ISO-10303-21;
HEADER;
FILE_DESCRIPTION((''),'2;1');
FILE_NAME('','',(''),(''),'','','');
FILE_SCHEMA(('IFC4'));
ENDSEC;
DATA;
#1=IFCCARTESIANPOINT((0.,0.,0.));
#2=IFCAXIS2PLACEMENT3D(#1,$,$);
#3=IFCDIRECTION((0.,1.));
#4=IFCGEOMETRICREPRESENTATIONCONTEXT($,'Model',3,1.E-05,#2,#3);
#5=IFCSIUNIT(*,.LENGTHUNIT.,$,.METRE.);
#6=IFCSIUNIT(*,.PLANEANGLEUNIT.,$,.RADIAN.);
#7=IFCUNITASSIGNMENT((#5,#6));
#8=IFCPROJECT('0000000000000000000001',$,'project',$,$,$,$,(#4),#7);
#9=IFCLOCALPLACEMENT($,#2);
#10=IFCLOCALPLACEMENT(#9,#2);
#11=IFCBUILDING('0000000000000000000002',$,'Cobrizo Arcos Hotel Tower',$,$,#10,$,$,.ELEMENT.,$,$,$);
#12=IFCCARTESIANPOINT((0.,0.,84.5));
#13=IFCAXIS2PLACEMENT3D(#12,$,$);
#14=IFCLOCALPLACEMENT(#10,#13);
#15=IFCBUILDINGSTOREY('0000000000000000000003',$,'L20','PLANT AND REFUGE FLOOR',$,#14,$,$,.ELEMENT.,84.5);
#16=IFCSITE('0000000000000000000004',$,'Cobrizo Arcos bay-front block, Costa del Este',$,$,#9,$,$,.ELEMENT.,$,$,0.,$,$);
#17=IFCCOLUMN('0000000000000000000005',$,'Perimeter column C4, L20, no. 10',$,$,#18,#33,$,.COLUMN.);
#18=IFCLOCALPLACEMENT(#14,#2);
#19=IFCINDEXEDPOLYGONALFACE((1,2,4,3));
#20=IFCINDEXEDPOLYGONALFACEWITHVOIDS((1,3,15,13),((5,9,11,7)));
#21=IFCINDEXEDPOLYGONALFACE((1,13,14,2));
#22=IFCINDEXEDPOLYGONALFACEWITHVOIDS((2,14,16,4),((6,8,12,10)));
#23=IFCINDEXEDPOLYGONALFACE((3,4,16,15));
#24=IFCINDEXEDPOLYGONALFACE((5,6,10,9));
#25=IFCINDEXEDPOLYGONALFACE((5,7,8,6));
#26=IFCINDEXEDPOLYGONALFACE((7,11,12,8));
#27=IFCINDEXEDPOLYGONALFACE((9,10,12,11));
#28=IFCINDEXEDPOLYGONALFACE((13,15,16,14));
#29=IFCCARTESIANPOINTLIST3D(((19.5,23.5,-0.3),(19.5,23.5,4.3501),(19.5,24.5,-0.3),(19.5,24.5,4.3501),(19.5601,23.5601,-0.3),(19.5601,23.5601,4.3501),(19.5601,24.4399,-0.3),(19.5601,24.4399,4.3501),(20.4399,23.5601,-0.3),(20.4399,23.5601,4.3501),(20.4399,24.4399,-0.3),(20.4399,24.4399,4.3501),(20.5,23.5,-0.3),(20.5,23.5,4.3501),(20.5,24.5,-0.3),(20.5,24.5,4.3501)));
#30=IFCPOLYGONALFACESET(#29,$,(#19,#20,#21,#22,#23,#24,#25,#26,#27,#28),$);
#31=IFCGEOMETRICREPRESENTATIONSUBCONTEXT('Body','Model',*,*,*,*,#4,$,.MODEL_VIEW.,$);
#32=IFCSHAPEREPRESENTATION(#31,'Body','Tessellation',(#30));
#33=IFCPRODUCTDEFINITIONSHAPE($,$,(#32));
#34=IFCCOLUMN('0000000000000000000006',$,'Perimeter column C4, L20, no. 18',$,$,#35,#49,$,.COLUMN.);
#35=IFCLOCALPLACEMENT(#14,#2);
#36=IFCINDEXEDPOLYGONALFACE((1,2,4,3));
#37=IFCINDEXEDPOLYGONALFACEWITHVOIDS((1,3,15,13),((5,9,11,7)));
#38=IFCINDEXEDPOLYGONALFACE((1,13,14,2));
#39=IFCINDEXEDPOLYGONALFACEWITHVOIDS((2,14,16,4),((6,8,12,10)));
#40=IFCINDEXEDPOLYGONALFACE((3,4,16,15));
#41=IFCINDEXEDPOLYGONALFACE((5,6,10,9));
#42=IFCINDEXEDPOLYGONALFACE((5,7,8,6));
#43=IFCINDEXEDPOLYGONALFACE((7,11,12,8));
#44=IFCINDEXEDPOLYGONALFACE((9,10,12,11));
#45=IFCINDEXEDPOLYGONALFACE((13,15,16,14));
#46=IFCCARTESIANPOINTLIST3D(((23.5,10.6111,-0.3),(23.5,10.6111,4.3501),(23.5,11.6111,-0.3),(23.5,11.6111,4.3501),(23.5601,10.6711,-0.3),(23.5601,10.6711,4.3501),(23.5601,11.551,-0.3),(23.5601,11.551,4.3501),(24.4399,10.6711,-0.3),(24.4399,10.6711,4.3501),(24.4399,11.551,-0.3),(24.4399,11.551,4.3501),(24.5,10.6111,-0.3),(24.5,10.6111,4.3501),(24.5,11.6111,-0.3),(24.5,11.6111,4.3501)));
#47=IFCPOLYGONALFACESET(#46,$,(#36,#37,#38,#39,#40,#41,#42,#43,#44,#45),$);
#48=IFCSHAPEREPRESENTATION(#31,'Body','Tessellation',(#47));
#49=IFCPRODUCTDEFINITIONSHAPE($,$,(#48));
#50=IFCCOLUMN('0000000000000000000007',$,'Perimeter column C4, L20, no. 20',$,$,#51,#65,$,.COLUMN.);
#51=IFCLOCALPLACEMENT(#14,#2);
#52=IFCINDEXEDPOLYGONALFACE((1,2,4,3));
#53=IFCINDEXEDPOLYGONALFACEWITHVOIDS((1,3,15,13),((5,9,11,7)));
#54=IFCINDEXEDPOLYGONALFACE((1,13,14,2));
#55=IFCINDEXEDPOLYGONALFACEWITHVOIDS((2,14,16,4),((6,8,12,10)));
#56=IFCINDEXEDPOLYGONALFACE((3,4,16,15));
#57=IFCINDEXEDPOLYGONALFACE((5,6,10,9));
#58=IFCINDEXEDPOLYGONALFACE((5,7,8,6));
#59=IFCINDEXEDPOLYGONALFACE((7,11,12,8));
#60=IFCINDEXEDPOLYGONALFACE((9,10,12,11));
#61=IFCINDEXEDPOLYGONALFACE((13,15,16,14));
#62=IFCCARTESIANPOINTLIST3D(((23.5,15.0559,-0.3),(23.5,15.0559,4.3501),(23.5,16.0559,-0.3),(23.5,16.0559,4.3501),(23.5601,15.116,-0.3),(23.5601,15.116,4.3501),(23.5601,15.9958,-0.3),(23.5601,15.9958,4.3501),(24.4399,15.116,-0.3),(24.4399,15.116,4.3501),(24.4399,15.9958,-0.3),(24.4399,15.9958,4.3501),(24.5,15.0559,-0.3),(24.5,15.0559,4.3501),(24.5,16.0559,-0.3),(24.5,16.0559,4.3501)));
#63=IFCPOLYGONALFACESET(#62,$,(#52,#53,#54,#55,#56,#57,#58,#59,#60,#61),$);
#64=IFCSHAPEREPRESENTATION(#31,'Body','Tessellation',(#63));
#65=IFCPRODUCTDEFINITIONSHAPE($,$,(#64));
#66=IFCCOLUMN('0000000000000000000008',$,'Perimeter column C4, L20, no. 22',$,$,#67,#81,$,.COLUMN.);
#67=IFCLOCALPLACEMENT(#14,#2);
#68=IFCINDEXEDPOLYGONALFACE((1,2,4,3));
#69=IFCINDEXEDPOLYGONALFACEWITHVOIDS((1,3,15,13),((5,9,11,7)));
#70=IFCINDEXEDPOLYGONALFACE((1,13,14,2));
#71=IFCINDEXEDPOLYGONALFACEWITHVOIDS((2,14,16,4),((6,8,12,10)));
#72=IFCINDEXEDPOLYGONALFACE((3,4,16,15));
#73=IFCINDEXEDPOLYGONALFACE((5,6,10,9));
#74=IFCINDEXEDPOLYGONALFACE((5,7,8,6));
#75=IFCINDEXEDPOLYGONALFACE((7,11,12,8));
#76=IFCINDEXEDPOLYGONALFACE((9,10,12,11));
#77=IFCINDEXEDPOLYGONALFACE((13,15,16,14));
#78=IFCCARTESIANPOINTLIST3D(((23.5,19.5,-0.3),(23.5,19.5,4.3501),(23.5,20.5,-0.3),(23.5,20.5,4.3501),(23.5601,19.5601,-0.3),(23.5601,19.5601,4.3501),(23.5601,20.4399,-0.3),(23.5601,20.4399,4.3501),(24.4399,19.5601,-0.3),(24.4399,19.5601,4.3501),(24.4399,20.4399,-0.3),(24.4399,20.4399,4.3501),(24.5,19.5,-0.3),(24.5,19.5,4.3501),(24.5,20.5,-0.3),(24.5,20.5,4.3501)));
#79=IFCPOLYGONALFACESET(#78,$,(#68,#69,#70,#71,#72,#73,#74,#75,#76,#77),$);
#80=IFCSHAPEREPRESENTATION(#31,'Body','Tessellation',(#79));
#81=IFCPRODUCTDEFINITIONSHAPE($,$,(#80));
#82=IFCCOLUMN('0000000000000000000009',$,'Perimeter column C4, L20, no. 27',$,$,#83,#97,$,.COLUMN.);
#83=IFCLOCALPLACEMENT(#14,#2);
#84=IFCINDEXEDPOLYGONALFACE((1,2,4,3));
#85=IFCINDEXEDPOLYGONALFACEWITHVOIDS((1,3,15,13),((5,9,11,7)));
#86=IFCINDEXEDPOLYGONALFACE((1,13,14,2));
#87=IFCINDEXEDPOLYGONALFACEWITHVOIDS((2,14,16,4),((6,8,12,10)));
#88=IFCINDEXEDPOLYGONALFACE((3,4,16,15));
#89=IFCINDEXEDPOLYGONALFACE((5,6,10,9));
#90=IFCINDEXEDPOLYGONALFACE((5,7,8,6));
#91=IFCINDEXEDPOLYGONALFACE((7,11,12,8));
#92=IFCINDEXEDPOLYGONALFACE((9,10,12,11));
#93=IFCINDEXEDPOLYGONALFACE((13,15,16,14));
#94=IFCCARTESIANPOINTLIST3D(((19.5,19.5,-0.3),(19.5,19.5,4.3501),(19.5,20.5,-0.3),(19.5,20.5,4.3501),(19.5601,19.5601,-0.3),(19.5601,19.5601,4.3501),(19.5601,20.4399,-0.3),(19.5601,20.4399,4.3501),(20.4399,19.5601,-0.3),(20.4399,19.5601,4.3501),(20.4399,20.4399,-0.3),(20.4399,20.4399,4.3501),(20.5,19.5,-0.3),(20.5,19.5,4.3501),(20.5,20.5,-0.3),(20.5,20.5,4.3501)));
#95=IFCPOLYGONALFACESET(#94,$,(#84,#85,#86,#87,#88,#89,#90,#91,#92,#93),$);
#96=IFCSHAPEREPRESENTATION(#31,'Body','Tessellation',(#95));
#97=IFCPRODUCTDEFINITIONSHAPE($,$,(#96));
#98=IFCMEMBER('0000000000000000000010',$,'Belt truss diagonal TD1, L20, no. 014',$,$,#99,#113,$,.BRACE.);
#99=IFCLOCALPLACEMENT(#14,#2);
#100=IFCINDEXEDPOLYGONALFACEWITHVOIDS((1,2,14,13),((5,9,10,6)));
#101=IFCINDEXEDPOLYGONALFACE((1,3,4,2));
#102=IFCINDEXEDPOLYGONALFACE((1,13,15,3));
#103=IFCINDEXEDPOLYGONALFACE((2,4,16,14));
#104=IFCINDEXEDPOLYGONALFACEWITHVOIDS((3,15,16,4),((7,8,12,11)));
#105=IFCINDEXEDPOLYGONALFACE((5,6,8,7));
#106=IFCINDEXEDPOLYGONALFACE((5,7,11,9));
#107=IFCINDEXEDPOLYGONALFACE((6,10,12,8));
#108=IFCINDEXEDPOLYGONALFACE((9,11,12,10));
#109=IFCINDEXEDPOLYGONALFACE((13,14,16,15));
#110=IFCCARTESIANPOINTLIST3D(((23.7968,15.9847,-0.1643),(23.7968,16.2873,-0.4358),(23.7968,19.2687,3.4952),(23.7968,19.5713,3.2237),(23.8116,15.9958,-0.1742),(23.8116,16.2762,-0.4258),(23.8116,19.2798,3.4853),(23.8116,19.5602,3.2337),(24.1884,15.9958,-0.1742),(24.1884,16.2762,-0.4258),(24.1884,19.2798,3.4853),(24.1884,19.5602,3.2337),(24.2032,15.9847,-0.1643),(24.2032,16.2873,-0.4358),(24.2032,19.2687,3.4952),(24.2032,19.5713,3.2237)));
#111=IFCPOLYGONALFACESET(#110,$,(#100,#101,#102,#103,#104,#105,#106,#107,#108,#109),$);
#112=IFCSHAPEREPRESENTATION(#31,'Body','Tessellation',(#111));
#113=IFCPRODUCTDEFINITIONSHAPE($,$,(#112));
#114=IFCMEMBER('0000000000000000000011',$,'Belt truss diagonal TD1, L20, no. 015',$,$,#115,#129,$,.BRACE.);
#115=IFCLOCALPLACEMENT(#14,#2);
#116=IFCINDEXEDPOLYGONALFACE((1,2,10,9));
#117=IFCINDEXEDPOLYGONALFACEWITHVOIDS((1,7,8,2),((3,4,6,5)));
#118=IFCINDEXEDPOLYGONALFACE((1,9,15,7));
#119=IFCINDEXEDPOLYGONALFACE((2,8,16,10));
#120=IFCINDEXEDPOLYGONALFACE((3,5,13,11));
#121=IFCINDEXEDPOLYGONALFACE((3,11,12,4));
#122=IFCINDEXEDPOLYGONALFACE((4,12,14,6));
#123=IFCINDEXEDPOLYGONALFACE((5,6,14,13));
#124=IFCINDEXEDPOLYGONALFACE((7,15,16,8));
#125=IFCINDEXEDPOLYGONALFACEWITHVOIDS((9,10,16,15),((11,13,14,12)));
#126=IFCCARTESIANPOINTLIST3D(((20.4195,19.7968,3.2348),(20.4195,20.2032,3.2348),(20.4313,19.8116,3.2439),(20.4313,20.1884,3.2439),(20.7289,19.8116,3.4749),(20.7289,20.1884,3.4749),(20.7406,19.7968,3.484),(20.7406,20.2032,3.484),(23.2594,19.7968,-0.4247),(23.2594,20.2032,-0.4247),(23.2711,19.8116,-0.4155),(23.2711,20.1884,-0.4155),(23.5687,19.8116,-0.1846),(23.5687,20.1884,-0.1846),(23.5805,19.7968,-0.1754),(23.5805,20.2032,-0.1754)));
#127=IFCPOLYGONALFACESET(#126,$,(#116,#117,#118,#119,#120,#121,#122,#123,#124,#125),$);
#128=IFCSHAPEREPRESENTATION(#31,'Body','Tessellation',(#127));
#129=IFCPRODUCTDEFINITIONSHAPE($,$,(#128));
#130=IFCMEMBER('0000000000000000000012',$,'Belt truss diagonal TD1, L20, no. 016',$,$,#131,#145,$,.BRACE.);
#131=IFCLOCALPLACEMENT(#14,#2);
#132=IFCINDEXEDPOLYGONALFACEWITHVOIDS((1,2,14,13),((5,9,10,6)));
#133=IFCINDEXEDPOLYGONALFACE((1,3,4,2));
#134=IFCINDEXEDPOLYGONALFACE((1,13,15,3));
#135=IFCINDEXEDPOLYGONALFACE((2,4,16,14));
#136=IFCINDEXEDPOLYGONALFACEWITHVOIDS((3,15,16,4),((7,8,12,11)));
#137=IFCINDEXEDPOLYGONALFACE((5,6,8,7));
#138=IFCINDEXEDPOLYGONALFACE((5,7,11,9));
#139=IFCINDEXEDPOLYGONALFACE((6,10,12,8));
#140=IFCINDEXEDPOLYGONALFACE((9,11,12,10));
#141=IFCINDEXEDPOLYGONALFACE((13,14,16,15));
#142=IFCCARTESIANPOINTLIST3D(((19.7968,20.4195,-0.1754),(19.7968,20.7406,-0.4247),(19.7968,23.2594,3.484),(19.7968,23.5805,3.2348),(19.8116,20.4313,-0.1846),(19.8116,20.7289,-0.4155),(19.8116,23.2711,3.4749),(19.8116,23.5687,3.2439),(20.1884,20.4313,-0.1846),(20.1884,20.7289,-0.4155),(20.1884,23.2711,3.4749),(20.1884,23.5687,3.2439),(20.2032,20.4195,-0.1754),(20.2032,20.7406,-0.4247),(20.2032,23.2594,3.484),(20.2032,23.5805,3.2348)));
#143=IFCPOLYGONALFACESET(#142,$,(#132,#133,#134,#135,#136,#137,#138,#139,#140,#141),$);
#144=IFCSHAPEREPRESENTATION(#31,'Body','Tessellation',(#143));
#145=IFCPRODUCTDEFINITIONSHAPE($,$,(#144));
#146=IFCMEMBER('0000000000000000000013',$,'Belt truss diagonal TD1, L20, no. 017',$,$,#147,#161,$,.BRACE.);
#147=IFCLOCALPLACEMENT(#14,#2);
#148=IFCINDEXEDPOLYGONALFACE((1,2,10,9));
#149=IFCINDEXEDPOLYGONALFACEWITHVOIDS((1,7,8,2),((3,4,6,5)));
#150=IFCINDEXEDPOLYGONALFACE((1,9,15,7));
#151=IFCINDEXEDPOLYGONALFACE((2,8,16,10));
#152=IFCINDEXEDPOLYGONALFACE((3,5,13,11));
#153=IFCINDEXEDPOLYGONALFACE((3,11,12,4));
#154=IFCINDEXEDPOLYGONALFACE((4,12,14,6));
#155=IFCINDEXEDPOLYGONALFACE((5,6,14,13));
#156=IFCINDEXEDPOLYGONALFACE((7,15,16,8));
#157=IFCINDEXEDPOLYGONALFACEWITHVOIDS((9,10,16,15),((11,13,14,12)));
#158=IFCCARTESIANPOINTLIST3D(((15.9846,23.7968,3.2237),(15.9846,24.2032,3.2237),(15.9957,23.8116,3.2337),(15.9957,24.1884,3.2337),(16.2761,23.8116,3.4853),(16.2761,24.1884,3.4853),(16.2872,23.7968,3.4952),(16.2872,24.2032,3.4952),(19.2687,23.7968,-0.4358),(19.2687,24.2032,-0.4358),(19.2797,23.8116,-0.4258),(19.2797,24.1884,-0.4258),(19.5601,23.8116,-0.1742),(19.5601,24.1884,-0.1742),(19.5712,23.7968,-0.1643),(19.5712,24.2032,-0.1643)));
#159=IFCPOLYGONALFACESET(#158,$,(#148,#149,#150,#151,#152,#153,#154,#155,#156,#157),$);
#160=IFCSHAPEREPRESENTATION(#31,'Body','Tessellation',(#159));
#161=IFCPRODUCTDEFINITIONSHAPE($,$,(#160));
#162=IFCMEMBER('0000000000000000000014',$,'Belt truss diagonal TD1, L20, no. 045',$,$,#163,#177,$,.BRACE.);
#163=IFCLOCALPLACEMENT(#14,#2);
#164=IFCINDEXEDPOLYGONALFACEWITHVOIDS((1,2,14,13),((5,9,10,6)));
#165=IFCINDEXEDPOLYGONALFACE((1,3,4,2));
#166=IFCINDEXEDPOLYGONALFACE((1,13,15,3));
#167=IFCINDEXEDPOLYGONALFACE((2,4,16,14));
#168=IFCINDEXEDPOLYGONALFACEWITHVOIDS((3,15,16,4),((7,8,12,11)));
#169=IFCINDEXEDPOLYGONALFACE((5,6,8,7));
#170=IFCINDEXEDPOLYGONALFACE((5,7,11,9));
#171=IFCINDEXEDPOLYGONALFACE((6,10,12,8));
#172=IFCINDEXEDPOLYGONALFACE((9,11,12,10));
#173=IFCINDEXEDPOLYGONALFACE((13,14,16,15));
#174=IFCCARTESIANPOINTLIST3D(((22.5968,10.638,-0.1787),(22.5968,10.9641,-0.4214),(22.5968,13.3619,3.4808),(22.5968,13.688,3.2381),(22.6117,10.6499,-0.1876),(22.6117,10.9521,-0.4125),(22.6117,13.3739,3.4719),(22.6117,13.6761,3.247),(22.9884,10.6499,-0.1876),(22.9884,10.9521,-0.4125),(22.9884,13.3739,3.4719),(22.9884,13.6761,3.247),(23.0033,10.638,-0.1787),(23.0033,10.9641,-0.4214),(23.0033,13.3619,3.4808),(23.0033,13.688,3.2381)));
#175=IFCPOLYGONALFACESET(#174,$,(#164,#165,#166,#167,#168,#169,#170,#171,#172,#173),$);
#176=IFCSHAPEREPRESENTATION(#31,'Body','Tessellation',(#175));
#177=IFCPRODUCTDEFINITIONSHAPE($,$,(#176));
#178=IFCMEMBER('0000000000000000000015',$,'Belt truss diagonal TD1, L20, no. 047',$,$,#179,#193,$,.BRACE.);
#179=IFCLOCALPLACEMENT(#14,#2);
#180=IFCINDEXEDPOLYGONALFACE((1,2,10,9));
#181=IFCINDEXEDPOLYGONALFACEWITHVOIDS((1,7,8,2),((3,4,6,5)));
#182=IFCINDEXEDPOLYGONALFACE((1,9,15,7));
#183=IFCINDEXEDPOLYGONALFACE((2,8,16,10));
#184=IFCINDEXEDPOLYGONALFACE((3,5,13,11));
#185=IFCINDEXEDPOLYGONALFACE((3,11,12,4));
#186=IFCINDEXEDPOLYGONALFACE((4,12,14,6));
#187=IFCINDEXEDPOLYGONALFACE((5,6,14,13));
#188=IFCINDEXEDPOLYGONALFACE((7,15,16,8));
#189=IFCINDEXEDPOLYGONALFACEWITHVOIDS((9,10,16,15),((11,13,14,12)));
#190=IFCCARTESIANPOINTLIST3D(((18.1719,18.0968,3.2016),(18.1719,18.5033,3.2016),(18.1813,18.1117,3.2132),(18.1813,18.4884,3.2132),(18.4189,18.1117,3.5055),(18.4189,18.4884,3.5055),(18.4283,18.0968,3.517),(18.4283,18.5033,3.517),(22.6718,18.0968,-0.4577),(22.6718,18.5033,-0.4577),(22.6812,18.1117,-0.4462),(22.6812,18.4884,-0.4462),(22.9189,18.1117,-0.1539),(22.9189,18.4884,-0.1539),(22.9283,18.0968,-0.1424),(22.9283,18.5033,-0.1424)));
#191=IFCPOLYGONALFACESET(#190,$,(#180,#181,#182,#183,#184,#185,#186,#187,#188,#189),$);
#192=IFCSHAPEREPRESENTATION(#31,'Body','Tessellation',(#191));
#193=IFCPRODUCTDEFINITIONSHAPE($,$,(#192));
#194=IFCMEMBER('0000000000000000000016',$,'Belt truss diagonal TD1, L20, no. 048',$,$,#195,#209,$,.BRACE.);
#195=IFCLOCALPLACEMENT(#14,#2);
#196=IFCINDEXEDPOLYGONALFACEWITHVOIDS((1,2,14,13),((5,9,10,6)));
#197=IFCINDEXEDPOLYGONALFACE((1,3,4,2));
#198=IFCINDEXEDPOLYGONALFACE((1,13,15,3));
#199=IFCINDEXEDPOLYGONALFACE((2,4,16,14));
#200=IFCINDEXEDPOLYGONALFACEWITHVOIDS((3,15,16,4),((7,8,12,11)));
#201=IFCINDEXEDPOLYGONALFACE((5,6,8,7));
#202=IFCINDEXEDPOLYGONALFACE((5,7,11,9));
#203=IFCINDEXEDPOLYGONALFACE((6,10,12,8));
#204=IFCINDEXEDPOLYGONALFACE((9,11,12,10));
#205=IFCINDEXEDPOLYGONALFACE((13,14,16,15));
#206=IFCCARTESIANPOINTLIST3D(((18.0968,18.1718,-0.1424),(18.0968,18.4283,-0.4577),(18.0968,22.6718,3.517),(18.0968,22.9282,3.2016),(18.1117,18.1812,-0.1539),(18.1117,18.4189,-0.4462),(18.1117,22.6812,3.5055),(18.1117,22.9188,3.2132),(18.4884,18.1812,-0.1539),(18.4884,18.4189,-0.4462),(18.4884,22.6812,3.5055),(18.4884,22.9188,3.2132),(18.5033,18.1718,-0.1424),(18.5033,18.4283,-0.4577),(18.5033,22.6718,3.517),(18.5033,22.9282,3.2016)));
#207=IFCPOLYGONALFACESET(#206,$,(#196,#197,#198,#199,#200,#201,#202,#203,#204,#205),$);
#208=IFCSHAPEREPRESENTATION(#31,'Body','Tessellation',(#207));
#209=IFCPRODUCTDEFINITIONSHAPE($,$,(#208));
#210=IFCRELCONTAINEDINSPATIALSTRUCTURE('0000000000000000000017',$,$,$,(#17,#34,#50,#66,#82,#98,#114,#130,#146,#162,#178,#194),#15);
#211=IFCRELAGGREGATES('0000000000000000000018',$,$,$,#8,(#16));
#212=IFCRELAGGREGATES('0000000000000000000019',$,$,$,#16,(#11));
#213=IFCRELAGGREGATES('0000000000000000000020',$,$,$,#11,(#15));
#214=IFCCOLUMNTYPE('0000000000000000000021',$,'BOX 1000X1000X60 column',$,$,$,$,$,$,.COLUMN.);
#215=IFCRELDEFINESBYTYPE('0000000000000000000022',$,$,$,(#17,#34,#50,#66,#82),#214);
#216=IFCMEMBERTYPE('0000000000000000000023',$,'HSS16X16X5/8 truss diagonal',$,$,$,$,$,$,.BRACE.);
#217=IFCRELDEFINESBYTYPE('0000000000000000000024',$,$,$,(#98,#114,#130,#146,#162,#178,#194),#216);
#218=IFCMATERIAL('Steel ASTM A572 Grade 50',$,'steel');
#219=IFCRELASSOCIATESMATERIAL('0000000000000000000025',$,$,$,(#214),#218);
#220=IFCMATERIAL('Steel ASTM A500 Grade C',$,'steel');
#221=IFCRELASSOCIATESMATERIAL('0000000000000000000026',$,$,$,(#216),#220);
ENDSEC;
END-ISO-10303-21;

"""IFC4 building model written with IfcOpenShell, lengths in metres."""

from ifc_helpers import new_model, si_unit, direction, frame, origin, origin_2d, place, context, subcontext, project, spatial, hollow_rectangle, extrude, material, material_profile, profile_set, type_object, element, save


model = new_model("IFC4")

# Units and contexts
model_context = context("Model", 3, precision=1e-05, world=origin(), true_north=direction((0.0, 1.0)))
body_context = subcontext(model_context, "Body", "Model", "MODEL_VIEW")
ifc_project = project(units=[si_unit("LENGTHUNIT", "METRE"), si_unit("PLANEANGLEUNIT", "RADIAN")], contexts=[model_context])

# Site, building, storey
site_placement = place(None, origin())
site = spatial("IfcSite", under=ifc_project, at=site_placement, Name="Cobrizo Arcos bay-front block, Costa del Este", CompositionType="ELEMENT", RefElevation=0.0)
building_placement = place(site_placement, origin())
building = spatial("IfcBuilding", under=site, at=building_placement, Name="Cobrizo Arcos Hotel Tower", CompositionType="ELEMENT")
storey_placement = place(building_placement, frame((0.0, 0.0, 84.5)))
storey = spatial("IfcBuildingStorey", under=building, at=storey_placement, Name="L20", Description="PLANT AND REFUGE FLOOR", CompositionType="ELEMENT", Elevation=84.5)

# Columns
ifc_material_1 = material(Name="Steel ASTM A572 Grade 50", Category="steel")
ifc_material_profile_1 = material_profile(ifc_material_1, hollow_rectangle(XDim=1.0, YDim=1.0, WallThickness=0.0601, at=origin_2d()), Name="BOX 1000X1000X60")
ifc_profile_set_1 = profile_set([ifc_material_profile_1], Name="Steel ASTM A572 Grade 50")
column_type = type_object("IfcColumnType", Name="BOX 1000X1000X60 column", PredefinedType="COLUMN", material=ifc_profile_set_1)
for number, where, z_axis, x_axis, name in (
    (1, (20.0, 24.0, -0.3), (0.0, 0.0, 1.0), (1.0, 0.0, 0.0), "Perimeter column C4, L20, no. 10"),
    (2, (24.0, 11.1111, -0.3), (0.0, 0.0, 1.0), (1.0, 0.0, 0.0), "Perimeter column C4, L20, no. 18"),
    (3, (24.0, 15.5559, -0.3), (0.0, 0.0, 1.0), (1.0, 0.0, 0.0), "Perimeter column C4, L20, no. 20"),
    (4, (24.0, 20.0, -0.3), (0.0, 0.0, 1.0), (1.0, 0.0, 0.0), "Perimeter column C4, L20, no. 22"),
    (5, (20.0, 20.0, -0.3), (0.0, 0.0, 1.0), (1.0, 0.0, 0.0), "Perimeter column C4, L20, no. 27"),
):
    element("IfcColumn", number, at=place(storey_placement, frame(where, z_axis=z_axis, x_axis=x_axis)), inside=storey, type_object=column_type, Name=name, PredefinedType="COLUMN", context=body_context, shape_type="SweptSolid", body=[
        extrude(hollow_rectangle(XDim=1.0, YDim=1.0, WallThickness=0.0601, at=origin_2d()), origin(), (0.0, 0.0, 1.0), 4.6501),
    ])

# Members
ifc_material_2 = material(Name="Steel ASTM A500 Grade C", Category="steel")
ifc_material_profile_2 = material_profile(ifc_material_2, hollow_rectangle(XDim=0.4065, YDim=0.4065, WallThickness=0.0149, at=origin_2d()), Name="HSS16X16X5/8")
ifc_profile_set_2 = profile_set([ifc_material_profile_2], Name="Steel ASTM A500 Grade C")
member_type_1 = type_object("IfcMemberType", Name="HSS16X16X5/8 truss diagonal", PredefinedType="BRACE", material=ifc_profile_set_2)
member_1_placement = place(storey_placement, frame((24.0, 16.136, -0.3), z_axis=(0.0, 0.667891, 0.744259), x_axis=(-1.0, 0.0, 0.0)))
element("IfcMember", 6, at=member_1_placement, inside=storey, type_object=member_type_1, Name="Belt truss diagonal TD1, L20, no. 014", PredefinedType="BRACE", context=body_context, shape_type="SweptSolid", body=[
    extrude(hollow_rectangle(XDim=0.4065, YDim=0.4065, WallThickness=0.0149, at=origin_2d()), origin(), (0.0, 0.0, 1.0), 4.917),
])
for number, where, z_axis, x_axis, name in (
    (7, (23.4199, 20.0, -0.3), (-0.613083, 0.0, 0.790019), (0.0, -1.0, 0.0), "Belt truss diagonal TD1, L20, no. 015"),
    (8, (20.0, 20.5801, -0.3), (0.0, 0.613083, 0.790019), (-1.0, 0.0, 0.0), "Belt truss diagonal TD1, L20, no. 016"),
):
    element("IfcMember", number, at=place(storey_placement, frame(where, z_axis=z_axis, x_axis=x_axis)), inside=storey, type_object=member_type_1, Name=name, PredefinedType="BRACE", context=body_context, shape_type="SweptSolid", body=[
        extrude(hollow_rectangle(XDim=0.4065, YDim=0.4065, WallThickness=0.0149, at=origin_2d()), origin(), (0.0, 0.0, 1.0), 4.6321),
    ])
member_2_placement = place(storey_placement, frame((19.4199, 24.0, -0.3), z_axis=(-0.667891, 0.0, 0.744259), x_axis=(0.0, -1.0, 0.0)))
element("IfcMember", 9, at=member_2_placement, inside=storey, type_object=member_type_1, Name="Belt truss diagonal TD1, L20, no. 017", PredefinedType="BRACE", context=body_context, shape_type="SweptSolid", body=[
    extrude(hollow_rectangle(XDim=0.4065, YDim=0.4065, WallThickness=0.0149, at=origin_2d()), origin(), (0.0, 0.0, 1.0), 4.917),
])
member_3_placement = place(storey_placement, frame((22.8, 10.801, -0.3), z_axis=(0.0, 0.597093, 0.802172), x_axis=(-1.0, 0.0, 0.0)))
element("IfcMember", 10, at=member_3_placement, inside=storey, type_object=member_type_1, Name="Belt truss diagonal TD1, L20, no. 045", PredefinedType="BRACE", context=body_context, shape_type="SweptSolid", body=[
    extrude(hollow_rectangle(XDim=0.4065, YDim=0.4065, WallThickness=0.0149, at=origin_2d()), origin(), (0.0, 0.0, 1.0), 4.562),
])
for number, where, z_axis, x_axis, name in (
    (11, (22.8, 18.3, -0.3), (-0.775846, 0.0, 0.630922), (0.0, -1.0, 0.0), "Belt truss diagonal TD1, L20, no. 047"),
    (12, (18.3, 18.3, -0.3), (0.0, 0.775846, 0.630922), (-1.0, 0.0, 0.0), "Belt truss diagonal TD1, L20, no. 048"),
):
    element("IfcMember", number, at=place(storey_placement, frame(where, z_axis=z_axis, x_axis=x_axis)), inside=storey, type_object=member_type_1, Name=name, PredefinedType="BRACE", context=body_context, shape_type="SweptSolid", body=[
        extrude(hollow_rectangle(XDim=0.4065, YDim=0.4065, WallThickness=0.0149, at=origin_2d()), origin(), (0.0, 0.0, 1.0), 5.8),
    ])

save(model, "model.ifc")
